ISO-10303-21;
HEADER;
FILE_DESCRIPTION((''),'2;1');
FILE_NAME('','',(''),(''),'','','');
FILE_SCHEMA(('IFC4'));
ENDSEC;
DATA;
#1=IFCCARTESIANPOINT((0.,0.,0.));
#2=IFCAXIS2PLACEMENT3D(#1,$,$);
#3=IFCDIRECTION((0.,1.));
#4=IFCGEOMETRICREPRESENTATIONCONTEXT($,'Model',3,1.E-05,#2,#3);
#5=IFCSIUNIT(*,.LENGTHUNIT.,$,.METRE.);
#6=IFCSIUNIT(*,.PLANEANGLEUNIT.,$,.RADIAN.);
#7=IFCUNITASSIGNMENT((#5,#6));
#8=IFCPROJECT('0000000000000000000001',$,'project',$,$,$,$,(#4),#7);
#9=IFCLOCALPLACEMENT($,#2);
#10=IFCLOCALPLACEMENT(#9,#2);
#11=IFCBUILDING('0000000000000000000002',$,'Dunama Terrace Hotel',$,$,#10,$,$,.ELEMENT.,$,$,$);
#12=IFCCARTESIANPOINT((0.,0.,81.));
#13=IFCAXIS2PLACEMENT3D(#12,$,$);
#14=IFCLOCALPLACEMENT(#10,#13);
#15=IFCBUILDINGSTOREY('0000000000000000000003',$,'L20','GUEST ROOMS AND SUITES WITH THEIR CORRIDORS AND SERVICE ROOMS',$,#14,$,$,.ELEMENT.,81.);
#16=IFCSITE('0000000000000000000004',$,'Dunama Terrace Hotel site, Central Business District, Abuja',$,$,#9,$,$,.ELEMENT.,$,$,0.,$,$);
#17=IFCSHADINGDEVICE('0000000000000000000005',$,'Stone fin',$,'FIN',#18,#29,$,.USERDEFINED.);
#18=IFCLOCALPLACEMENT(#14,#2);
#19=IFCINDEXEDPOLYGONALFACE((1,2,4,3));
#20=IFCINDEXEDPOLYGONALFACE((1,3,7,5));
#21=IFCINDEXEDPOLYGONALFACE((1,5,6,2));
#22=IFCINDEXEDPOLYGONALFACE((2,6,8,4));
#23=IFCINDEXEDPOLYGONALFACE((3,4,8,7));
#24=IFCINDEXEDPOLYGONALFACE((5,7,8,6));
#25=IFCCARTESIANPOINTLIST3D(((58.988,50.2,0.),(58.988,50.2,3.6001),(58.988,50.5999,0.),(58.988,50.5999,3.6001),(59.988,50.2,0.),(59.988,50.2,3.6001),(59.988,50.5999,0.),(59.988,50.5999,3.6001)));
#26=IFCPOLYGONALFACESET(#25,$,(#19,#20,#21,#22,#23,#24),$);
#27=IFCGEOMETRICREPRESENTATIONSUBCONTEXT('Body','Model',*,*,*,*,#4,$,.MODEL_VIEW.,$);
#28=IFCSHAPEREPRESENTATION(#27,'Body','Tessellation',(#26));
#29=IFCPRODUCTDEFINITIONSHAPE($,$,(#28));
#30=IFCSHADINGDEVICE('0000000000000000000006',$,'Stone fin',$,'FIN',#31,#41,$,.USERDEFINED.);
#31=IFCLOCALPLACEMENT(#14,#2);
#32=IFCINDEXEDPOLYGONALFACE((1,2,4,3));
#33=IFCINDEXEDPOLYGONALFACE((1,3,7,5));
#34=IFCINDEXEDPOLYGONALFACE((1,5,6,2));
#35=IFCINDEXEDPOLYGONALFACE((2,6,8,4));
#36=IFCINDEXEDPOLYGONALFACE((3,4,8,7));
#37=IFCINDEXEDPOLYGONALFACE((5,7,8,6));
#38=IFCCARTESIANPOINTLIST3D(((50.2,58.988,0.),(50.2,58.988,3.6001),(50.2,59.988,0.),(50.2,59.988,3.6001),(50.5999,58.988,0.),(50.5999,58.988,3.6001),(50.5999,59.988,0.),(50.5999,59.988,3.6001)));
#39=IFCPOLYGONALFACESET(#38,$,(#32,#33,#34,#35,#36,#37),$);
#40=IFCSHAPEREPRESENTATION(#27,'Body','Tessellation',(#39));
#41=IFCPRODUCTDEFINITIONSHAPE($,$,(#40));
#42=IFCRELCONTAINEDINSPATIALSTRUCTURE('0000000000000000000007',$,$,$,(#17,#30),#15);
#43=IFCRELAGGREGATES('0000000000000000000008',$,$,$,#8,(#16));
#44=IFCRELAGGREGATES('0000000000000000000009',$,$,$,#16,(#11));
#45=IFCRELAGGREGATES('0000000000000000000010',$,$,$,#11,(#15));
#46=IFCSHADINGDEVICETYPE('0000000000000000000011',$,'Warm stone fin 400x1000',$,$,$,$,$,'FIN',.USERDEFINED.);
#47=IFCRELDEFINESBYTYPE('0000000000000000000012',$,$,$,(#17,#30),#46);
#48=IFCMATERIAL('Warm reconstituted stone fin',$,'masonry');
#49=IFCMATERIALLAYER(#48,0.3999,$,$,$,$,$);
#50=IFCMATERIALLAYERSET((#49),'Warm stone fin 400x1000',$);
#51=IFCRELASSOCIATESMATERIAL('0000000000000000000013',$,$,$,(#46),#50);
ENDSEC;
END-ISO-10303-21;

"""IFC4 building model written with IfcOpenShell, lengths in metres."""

from ifc_helpers import new_model, si_unit, direction, frame, origin, origin_2d, place, context, subcontext, project, spatial, rectangle, extrude, material, layer, layer_set, type_object, element, save


model = new_model("IFC4")

# Units and contexts
model_context = context("Model", 3, precision=1e-05, world=origin(), true_north=direction((0.0, 1.0)))
body_context = subcontext(model_context, "Body", "Model", "MODEL_VIEW")
ifc_project = project(units=[si_unit("LENGTHUNIT", "METRE"), si_unit("PLANEANGLEUNIT", "RADIAN")], contexts=[model_context])

# Site, building, storey
site_placement = place(None, origin())
site = spatial("IfcSite", under=ifc_project, at=site_placement, Name="Dunama Terrace Hotel site, Central Business District, Abuja", CompositionType="ELEMENT", RefElevation=0.0)
building_placement = place(site_placement, origin())
building = spatial("IfcBuilding", under=site, at=building_placement, Name="Dunama Terrace Hotel", CompositionType="ELEMENT")
storey_placement = place(building_placement, frame((0.0, 0.0, 81.0)))
storey = spatial("IfcBuildingStorey", under=building, at=storey_placement, Name="L20", Description="GUEST ROOMS AND SUITES WITH THEIR CORRIDORS AND SERVICE ROOMS", CompositionType="ELEMENT", Elevation=81.0)

# Shading devices
ifc_material_1 = material(Name="Warm reconstituted stone fin", Category="masonry")
ifc_layer_1 = layer(ifc_material_1, 0.3999)
ifc_layer_set_1 = layer_set([ifc_layer_1], Name="Warm stone fin 400x1000")
shading_device_type = type_object("IfcShadingDeviceType", Name="Warm stone fin 400x1000", ElementType="FIN", PredefinedType="USERDEFINED", material=ifc_layer_set_1)
for number, where, z_axis, x_axis, name in (
    (1, (59.488, 50.3999, 0.0), (0.0, 0.0, 1.0), (0.0, 1.0, 0.0), "Stone fin"),
    (2, (50.3999, 59.488, 0.0), (0.0, 0.0, 1.0), (-1.0, 0.0, 0.0), "Stone fin"),
):
    element("IfcShadingDevice", number, at=place(storey_placement, frame(where, z_axis=z_axis, x_axis=x_axis)), inside=storey, type_object=shading_device_type, Name=name, ObjectType="FIN", PredefinedType="USERDEFINED", context=body_context, shape_type="SweptSolid", body=[
        extrude(rectangle(XDim=0.3999, YDim=1.0, at=origin_2d()), origin(), (0.0, 0.0, 1.0), 3.6001),
    ])

save(model, "model.ifc")
